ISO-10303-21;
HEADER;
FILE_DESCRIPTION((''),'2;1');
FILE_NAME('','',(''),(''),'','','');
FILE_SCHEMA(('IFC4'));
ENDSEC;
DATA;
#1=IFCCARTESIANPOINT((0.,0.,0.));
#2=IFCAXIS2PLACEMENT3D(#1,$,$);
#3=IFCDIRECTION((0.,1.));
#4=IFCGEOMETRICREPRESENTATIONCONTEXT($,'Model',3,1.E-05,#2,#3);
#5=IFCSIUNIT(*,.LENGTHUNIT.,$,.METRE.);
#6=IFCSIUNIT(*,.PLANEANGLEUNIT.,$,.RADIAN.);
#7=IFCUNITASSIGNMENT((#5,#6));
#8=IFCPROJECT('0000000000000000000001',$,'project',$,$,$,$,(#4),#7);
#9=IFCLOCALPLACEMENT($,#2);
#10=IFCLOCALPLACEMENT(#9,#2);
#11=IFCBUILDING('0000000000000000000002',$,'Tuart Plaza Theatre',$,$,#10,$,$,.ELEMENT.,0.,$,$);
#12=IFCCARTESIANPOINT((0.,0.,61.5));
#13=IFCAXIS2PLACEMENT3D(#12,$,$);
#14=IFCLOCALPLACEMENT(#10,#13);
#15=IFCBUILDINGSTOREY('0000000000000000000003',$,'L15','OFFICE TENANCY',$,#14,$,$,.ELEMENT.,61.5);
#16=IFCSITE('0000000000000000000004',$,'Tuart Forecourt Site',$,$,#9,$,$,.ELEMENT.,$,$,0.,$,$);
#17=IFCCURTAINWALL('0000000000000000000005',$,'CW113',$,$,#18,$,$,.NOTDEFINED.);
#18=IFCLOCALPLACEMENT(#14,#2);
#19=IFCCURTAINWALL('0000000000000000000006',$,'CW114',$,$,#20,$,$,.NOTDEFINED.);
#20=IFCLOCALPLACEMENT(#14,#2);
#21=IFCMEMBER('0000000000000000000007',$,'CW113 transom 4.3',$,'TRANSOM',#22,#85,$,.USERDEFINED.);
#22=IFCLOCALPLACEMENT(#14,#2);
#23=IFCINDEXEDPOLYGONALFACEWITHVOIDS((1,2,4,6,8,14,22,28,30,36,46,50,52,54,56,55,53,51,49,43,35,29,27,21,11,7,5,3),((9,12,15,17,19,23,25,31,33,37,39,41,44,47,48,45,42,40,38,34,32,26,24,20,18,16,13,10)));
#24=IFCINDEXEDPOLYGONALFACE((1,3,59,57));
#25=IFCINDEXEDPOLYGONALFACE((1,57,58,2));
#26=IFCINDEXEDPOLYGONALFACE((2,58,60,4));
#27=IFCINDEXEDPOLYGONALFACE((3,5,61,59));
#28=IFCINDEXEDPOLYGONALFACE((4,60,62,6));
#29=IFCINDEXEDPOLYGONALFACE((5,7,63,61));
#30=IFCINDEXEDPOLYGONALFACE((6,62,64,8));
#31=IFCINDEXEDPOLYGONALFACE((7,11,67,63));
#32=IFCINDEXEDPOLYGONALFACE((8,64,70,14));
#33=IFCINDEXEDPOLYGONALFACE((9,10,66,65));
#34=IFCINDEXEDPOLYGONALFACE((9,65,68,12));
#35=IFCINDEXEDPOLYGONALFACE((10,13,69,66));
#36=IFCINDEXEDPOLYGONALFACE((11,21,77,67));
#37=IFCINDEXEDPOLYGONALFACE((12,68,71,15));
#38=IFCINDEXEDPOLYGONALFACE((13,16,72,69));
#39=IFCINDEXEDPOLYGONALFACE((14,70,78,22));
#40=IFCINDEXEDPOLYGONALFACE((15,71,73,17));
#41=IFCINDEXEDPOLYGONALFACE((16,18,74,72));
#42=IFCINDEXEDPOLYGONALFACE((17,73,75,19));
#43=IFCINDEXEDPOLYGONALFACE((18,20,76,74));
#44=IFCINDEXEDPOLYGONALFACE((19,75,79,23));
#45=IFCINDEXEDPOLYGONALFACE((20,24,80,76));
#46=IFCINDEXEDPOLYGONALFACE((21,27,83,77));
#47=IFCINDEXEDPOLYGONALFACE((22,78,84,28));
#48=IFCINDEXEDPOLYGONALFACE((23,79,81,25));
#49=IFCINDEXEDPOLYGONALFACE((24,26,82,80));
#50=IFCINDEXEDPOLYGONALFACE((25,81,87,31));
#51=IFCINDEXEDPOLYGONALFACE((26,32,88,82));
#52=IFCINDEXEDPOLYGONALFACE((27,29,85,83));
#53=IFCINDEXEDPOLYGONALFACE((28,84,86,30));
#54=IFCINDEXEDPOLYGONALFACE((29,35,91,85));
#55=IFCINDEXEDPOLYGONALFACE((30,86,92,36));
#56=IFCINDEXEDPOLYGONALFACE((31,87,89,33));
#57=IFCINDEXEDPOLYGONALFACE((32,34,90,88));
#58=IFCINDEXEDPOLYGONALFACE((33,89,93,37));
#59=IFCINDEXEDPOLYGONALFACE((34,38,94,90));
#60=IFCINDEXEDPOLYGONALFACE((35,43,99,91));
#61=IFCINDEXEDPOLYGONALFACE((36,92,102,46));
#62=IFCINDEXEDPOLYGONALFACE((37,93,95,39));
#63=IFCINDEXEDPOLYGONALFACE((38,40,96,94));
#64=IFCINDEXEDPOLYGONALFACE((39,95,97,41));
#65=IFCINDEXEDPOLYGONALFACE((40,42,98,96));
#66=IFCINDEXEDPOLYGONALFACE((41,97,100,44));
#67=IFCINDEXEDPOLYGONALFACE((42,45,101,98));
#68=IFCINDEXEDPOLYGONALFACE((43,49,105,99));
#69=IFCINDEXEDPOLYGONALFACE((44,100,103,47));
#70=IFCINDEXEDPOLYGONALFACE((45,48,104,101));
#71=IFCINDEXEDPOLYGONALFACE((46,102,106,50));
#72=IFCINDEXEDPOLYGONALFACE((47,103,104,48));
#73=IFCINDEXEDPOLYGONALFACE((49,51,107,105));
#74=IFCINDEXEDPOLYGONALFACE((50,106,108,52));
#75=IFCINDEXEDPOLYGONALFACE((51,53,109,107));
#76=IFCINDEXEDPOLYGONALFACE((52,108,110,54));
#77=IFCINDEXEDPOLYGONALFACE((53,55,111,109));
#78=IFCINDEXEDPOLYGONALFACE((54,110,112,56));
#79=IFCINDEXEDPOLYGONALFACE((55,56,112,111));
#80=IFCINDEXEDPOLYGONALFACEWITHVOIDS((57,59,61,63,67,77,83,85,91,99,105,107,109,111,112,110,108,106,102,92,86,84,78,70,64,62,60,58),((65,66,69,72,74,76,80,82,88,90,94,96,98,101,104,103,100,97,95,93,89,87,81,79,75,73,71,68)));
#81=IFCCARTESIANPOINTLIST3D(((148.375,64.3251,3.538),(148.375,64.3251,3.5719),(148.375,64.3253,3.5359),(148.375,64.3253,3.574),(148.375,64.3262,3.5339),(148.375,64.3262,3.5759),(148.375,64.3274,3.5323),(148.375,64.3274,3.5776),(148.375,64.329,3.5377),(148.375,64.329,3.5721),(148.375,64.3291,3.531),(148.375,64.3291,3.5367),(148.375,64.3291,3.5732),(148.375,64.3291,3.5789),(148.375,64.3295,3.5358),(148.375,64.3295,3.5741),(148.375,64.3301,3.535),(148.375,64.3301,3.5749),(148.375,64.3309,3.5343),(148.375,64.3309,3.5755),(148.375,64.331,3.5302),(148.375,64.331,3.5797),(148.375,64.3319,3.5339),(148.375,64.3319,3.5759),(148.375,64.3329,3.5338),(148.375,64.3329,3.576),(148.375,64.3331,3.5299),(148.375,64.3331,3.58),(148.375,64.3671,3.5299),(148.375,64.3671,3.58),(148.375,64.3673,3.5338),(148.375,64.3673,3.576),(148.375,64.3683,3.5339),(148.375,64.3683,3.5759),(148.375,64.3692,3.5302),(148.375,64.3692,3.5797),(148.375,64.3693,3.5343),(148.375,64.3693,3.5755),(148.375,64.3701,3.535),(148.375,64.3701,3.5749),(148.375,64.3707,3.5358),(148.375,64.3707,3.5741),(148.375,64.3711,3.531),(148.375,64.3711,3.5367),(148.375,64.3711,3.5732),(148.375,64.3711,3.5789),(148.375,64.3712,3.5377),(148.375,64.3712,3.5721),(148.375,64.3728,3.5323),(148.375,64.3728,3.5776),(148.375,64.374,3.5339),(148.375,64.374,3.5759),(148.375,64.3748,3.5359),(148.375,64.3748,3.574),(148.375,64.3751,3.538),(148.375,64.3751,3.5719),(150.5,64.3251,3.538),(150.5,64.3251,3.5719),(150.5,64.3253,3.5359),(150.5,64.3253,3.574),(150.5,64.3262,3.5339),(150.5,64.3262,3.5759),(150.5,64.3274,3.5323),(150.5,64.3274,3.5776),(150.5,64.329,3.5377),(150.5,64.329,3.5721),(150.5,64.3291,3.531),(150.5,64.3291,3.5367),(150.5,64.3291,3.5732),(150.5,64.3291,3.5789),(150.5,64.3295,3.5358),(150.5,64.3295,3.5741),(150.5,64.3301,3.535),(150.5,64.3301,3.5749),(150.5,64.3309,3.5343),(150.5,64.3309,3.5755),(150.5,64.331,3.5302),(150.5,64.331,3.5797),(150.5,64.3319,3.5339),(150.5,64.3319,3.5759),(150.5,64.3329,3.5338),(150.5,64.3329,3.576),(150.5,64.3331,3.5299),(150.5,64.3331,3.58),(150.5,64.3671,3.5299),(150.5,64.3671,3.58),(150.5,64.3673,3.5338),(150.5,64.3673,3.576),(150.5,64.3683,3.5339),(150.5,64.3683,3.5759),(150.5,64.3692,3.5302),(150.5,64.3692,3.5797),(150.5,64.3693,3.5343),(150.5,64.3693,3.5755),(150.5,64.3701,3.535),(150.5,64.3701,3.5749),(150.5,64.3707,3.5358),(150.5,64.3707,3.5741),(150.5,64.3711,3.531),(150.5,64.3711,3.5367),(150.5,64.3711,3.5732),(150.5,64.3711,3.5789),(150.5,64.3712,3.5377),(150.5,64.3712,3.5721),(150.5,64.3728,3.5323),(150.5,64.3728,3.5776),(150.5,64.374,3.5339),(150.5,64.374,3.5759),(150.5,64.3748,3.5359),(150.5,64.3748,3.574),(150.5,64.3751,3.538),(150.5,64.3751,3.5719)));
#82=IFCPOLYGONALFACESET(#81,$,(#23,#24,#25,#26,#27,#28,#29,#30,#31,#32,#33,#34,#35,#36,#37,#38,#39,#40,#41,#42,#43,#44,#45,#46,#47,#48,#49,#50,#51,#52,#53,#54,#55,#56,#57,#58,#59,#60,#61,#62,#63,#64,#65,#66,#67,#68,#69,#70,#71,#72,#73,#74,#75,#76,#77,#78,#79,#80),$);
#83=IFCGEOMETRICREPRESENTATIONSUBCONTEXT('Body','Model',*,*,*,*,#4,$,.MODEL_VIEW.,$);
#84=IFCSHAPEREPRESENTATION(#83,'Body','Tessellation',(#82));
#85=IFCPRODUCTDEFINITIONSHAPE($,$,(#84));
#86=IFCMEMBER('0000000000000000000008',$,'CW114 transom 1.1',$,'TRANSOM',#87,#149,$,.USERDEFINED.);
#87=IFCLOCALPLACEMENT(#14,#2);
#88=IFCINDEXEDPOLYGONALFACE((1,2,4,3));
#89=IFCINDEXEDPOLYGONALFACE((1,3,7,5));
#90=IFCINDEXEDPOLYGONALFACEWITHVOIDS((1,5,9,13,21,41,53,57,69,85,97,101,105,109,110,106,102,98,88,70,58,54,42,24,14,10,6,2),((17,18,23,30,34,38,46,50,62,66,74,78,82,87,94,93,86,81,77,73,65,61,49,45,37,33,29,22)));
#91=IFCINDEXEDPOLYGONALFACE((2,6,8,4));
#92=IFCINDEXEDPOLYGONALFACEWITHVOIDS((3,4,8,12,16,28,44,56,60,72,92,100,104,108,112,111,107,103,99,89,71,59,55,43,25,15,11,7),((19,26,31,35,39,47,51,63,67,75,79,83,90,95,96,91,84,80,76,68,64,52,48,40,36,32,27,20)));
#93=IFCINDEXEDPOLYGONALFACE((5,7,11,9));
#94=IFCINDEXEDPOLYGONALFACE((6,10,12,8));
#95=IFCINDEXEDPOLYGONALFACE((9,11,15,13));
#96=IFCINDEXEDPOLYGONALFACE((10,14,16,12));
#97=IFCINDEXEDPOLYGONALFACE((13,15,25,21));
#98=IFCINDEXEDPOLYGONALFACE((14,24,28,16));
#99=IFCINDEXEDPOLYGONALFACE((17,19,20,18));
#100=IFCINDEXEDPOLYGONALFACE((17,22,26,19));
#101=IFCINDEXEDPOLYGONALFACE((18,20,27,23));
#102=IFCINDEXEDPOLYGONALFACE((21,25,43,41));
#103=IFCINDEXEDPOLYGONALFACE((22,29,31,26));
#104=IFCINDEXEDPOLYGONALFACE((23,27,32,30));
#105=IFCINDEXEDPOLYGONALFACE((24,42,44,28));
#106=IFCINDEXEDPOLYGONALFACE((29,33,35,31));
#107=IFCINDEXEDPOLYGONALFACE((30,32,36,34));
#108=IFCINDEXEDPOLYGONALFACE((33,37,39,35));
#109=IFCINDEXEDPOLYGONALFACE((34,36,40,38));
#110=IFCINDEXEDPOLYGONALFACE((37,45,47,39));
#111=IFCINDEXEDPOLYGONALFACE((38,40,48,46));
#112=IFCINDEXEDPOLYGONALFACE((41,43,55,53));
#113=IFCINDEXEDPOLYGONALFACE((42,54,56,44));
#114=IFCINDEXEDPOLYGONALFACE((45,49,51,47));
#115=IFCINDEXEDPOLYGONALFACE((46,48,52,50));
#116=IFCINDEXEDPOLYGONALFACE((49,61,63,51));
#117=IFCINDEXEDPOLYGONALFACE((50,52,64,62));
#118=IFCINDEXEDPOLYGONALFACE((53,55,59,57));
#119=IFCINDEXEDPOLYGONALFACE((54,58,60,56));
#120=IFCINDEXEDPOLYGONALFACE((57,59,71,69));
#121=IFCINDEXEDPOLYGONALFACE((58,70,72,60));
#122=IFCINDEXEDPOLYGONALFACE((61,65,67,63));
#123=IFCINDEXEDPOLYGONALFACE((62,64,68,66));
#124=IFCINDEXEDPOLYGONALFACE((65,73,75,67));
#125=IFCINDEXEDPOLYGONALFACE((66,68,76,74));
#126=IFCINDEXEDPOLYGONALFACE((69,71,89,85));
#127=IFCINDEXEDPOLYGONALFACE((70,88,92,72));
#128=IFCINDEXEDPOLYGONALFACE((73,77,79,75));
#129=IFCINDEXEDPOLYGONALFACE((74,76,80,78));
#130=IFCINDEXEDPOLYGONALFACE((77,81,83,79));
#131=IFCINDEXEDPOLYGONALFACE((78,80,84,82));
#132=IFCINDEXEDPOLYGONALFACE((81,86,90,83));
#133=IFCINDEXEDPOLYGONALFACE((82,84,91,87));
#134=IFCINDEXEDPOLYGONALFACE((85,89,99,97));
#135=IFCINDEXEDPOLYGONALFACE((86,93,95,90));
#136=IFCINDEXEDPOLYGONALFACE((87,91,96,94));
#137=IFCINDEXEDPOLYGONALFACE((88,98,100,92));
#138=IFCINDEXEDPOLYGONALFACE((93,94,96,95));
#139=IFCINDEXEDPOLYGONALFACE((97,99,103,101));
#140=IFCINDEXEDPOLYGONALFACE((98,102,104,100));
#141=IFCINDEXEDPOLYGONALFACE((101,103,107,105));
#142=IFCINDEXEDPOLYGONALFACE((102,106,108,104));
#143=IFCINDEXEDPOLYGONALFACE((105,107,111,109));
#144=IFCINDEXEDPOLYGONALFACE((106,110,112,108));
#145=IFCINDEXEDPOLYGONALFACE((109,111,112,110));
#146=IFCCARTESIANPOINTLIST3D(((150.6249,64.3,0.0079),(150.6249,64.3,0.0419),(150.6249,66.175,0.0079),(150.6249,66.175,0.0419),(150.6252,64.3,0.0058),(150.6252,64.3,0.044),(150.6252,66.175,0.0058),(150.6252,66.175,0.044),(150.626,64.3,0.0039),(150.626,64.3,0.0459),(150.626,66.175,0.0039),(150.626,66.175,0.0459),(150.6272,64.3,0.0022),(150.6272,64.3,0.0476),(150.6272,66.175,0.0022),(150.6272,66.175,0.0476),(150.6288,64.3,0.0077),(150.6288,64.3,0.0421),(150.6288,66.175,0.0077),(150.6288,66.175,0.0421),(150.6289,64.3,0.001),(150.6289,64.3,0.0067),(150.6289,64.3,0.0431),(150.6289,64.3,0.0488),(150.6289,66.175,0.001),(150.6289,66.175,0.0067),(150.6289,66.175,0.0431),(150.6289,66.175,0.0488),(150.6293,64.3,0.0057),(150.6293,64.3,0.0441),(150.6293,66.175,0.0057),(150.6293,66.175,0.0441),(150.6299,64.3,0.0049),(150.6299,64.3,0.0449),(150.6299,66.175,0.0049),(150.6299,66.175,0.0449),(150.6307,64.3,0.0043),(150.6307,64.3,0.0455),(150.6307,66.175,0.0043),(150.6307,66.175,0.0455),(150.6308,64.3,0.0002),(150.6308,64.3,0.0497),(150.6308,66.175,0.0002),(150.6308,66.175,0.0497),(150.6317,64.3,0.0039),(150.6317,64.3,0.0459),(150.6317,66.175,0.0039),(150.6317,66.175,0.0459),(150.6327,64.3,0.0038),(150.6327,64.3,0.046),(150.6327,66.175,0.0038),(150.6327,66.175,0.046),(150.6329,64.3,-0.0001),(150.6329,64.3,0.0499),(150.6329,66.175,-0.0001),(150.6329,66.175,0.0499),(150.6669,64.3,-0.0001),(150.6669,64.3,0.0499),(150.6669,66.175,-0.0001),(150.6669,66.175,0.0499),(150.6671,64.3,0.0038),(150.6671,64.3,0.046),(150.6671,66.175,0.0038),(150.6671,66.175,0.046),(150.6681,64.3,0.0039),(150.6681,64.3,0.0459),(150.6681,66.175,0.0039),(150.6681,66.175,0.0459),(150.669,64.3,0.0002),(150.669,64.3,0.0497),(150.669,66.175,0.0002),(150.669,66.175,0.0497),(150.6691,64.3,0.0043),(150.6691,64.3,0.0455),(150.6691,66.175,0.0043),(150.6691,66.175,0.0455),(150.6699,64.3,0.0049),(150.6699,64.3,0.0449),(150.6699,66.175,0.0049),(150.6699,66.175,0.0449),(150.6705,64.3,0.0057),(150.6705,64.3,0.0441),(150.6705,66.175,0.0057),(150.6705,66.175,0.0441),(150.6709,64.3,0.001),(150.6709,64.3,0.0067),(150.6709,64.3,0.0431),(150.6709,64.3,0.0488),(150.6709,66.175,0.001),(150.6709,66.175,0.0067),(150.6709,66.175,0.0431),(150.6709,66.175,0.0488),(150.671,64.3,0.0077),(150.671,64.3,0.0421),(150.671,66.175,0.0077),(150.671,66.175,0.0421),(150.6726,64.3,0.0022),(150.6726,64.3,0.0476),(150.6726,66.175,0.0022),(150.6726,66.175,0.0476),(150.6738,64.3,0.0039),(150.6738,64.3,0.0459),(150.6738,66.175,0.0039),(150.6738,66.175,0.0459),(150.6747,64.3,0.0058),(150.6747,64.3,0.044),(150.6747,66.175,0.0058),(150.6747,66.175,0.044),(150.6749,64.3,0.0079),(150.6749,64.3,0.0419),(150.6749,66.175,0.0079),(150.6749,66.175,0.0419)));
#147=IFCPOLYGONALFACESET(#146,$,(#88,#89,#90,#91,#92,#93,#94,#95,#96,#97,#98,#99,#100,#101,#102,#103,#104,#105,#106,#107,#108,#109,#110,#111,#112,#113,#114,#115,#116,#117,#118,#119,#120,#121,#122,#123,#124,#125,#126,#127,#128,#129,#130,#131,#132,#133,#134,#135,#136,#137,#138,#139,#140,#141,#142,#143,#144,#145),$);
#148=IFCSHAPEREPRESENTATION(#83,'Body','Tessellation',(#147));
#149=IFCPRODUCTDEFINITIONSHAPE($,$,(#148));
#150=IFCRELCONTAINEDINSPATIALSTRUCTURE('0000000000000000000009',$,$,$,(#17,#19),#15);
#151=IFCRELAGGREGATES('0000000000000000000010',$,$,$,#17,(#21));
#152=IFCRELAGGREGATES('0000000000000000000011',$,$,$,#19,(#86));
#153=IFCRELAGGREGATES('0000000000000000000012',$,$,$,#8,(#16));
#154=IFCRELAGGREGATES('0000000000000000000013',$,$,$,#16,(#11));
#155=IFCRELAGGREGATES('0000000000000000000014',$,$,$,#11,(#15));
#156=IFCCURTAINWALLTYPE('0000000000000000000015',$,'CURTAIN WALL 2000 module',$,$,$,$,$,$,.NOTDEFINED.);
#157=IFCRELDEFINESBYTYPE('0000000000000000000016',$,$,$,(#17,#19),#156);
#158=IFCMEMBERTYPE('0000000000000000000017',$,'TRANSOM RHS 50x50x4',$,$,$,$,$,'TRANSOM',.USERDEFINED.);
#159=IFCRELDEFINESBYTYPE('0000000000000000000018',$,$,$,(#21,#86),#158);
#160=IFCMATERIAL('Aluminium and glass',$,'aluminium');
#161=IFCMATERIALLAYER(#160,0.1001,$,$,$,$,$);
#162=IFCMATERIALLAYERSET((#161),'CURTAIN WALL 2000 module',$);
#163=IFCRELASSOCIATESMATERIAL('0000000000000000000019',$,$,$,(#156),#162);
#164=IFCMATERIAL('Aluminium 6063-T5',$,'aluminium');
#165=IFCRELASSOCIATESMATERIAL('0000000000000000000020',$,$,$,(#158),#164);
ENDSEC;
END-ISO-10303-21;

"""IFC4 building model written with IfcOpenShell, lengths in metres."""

from ifc_helpers import new_model, si_unit, direction, frame, origin, origin_2d, place, context, subcontext, project, spatial, hollow_rectangle, extrude, material, layer, layer_set, material_profile, profile_set, type_object, element, aggregate, save


model = new_model("IFC4")

# Units and contexts
model_context = context("Model", 3, precision=1e-05, world=origin(), true_north=direction((0.0, 1.0)))
body_context = subcontext(model_context, "Body", "Model", "MODEL_VIEW")
ifc_project = project(units=[si_unit("LENGTHUNIT", "METRE"), si_unit("PLANEANGLEUNIT", "RADIAN")], contexts=[model_context])

# Site, building, storey
site_placement = place(None, origin())
site = spatial("IfcSite", under=ifc_project, at=site_placement, Name="Tuart Forecourt Site", CompositionType="ELEMENT", RefElevation=0.0)
building_placement = place(site_placement, origin())
building = spatial("IfcBuilding", under=site, at=building_placement, Name="Tuart Plaza Theatre", CompositionType="ELEMENT", ElevationOfRefHeight=0.0)
storey_placement = place(building_placement, frame((0.0, 0.0, 61.5)))
storey = spatial("IfcBuildingStorey", under=building, at=storey_placement, Name="L15", Description="OFFICE TENANCY", CompositionType="ELEMENT", Elevation=61.5)

# Curtain wall
ifc_material_1 = material(Name="Aluminium and glass", Category="aluminium")
ifc_layer_1 = layer(ifc_material_1, 0.1001)
ifc_layer_set_1 = layer_set([ifc_layer_1], Name="CURTAIN WALL 2000 module")
curtain_wall_type = type_object("IfcCurtainWallType", Name="CURTAIN WALL 2000 module", PredefinedType="NOTDEFINED", material=ifc_layer_set_1)
curtain_wall_1_placement = place(storey_placement, origin())
curtain_wall_1 = element("IfcCurtainWall", 1, at=curtain_wall_1_placement, inside=storey, type_object=curtain_wall_type, Name="CW113", PredefinedType="NOTDEFINED")

# Curtain wall
curtain_wall_2_placement = place(storey_placement, origin())
curtain_wall_2 = element("IfcCurtainWall", 2, at=curtain_wall_2_placement, inside=storey, type_object=curtain_wall_type, Name="CW114", PredefinedType="NOTDEFINED")

# Members
ifc_material_2 = material(Name="Aluminium 6063-T5", Category="aluminium")
ifc_material_profile_1 = material_profile(ifc_material_2, hollow_rectangle(XDim=0.05, YDim=0.05, WallThickness=0.0039, InnerFilletRadius=0.0039, OuterFilletRadius=0.0081, at=origin_2d()), Name="RHS 50x50x4")
ifc_profile_set_1 = profile_set([ifc_material_profile_1], Name="Aluminium 6063-T5")
member_type_1 = type_object("IfcMemberType", Name="TRANSOM RHS 50x50x4", ElementType="TRANSOM", PredefinedType="USERDEFINED", material=ifc_profile_set_1)
member_1_placement = place(storey_placement, frame((148.375, 64.3501, 3.5549), z_axis=(1.0, 0.0, 0.0), x_axis=(0.0, 1.0, 0.0)))
member_1 = element("IfcMember", 3, at=member_1_placement, type_object=member_type_1, Name="CW113 transom 4.3", ObjectType="TRANSOM", PredefinedType="USERDEFINED", context=body_context, shape_type="SweptSolid", body=[
    extrude(hollow_rectangle(XDim=0.05, YDim=0.05, WallThickness=0.0039, InnerFilletRadius=0.0039, OuterFilletRadius=0.0081, at=origin_2d()), origin(), (0.0, 0.0, 1.0), 2.125),
])
member_2_placement = place(storey_placement, frame((150.6499, 64.3, 0.0249), z_axis=(0.0, 1.0, 0.0), x_axis=(-1.0, 0.0, 0.0)))
member_2 = element("IfcMember", 4, at=member_2_placement, type_object=member_type_1, Name="CW114 transom 1.1", ObjectType="TRANSOM", PredefinedType="USERDEFINED", context=body_context, shape_type="SweptSolid", body=[
    extrude(hollow_rectangle(XDim=0.05, YDim=0.05, WallThickness=0.0039, InnerFilletRadius=0.0039, OuterFilletRadius=0.0081, at=origin_2d()), origin(), (0.0, 0.0, 1.0), 1.875),
])

aggregate(curtain_wall_1, [member_1])
aggregate(curtain_wall_2, [member_2])

save(model, "model.ifc")
